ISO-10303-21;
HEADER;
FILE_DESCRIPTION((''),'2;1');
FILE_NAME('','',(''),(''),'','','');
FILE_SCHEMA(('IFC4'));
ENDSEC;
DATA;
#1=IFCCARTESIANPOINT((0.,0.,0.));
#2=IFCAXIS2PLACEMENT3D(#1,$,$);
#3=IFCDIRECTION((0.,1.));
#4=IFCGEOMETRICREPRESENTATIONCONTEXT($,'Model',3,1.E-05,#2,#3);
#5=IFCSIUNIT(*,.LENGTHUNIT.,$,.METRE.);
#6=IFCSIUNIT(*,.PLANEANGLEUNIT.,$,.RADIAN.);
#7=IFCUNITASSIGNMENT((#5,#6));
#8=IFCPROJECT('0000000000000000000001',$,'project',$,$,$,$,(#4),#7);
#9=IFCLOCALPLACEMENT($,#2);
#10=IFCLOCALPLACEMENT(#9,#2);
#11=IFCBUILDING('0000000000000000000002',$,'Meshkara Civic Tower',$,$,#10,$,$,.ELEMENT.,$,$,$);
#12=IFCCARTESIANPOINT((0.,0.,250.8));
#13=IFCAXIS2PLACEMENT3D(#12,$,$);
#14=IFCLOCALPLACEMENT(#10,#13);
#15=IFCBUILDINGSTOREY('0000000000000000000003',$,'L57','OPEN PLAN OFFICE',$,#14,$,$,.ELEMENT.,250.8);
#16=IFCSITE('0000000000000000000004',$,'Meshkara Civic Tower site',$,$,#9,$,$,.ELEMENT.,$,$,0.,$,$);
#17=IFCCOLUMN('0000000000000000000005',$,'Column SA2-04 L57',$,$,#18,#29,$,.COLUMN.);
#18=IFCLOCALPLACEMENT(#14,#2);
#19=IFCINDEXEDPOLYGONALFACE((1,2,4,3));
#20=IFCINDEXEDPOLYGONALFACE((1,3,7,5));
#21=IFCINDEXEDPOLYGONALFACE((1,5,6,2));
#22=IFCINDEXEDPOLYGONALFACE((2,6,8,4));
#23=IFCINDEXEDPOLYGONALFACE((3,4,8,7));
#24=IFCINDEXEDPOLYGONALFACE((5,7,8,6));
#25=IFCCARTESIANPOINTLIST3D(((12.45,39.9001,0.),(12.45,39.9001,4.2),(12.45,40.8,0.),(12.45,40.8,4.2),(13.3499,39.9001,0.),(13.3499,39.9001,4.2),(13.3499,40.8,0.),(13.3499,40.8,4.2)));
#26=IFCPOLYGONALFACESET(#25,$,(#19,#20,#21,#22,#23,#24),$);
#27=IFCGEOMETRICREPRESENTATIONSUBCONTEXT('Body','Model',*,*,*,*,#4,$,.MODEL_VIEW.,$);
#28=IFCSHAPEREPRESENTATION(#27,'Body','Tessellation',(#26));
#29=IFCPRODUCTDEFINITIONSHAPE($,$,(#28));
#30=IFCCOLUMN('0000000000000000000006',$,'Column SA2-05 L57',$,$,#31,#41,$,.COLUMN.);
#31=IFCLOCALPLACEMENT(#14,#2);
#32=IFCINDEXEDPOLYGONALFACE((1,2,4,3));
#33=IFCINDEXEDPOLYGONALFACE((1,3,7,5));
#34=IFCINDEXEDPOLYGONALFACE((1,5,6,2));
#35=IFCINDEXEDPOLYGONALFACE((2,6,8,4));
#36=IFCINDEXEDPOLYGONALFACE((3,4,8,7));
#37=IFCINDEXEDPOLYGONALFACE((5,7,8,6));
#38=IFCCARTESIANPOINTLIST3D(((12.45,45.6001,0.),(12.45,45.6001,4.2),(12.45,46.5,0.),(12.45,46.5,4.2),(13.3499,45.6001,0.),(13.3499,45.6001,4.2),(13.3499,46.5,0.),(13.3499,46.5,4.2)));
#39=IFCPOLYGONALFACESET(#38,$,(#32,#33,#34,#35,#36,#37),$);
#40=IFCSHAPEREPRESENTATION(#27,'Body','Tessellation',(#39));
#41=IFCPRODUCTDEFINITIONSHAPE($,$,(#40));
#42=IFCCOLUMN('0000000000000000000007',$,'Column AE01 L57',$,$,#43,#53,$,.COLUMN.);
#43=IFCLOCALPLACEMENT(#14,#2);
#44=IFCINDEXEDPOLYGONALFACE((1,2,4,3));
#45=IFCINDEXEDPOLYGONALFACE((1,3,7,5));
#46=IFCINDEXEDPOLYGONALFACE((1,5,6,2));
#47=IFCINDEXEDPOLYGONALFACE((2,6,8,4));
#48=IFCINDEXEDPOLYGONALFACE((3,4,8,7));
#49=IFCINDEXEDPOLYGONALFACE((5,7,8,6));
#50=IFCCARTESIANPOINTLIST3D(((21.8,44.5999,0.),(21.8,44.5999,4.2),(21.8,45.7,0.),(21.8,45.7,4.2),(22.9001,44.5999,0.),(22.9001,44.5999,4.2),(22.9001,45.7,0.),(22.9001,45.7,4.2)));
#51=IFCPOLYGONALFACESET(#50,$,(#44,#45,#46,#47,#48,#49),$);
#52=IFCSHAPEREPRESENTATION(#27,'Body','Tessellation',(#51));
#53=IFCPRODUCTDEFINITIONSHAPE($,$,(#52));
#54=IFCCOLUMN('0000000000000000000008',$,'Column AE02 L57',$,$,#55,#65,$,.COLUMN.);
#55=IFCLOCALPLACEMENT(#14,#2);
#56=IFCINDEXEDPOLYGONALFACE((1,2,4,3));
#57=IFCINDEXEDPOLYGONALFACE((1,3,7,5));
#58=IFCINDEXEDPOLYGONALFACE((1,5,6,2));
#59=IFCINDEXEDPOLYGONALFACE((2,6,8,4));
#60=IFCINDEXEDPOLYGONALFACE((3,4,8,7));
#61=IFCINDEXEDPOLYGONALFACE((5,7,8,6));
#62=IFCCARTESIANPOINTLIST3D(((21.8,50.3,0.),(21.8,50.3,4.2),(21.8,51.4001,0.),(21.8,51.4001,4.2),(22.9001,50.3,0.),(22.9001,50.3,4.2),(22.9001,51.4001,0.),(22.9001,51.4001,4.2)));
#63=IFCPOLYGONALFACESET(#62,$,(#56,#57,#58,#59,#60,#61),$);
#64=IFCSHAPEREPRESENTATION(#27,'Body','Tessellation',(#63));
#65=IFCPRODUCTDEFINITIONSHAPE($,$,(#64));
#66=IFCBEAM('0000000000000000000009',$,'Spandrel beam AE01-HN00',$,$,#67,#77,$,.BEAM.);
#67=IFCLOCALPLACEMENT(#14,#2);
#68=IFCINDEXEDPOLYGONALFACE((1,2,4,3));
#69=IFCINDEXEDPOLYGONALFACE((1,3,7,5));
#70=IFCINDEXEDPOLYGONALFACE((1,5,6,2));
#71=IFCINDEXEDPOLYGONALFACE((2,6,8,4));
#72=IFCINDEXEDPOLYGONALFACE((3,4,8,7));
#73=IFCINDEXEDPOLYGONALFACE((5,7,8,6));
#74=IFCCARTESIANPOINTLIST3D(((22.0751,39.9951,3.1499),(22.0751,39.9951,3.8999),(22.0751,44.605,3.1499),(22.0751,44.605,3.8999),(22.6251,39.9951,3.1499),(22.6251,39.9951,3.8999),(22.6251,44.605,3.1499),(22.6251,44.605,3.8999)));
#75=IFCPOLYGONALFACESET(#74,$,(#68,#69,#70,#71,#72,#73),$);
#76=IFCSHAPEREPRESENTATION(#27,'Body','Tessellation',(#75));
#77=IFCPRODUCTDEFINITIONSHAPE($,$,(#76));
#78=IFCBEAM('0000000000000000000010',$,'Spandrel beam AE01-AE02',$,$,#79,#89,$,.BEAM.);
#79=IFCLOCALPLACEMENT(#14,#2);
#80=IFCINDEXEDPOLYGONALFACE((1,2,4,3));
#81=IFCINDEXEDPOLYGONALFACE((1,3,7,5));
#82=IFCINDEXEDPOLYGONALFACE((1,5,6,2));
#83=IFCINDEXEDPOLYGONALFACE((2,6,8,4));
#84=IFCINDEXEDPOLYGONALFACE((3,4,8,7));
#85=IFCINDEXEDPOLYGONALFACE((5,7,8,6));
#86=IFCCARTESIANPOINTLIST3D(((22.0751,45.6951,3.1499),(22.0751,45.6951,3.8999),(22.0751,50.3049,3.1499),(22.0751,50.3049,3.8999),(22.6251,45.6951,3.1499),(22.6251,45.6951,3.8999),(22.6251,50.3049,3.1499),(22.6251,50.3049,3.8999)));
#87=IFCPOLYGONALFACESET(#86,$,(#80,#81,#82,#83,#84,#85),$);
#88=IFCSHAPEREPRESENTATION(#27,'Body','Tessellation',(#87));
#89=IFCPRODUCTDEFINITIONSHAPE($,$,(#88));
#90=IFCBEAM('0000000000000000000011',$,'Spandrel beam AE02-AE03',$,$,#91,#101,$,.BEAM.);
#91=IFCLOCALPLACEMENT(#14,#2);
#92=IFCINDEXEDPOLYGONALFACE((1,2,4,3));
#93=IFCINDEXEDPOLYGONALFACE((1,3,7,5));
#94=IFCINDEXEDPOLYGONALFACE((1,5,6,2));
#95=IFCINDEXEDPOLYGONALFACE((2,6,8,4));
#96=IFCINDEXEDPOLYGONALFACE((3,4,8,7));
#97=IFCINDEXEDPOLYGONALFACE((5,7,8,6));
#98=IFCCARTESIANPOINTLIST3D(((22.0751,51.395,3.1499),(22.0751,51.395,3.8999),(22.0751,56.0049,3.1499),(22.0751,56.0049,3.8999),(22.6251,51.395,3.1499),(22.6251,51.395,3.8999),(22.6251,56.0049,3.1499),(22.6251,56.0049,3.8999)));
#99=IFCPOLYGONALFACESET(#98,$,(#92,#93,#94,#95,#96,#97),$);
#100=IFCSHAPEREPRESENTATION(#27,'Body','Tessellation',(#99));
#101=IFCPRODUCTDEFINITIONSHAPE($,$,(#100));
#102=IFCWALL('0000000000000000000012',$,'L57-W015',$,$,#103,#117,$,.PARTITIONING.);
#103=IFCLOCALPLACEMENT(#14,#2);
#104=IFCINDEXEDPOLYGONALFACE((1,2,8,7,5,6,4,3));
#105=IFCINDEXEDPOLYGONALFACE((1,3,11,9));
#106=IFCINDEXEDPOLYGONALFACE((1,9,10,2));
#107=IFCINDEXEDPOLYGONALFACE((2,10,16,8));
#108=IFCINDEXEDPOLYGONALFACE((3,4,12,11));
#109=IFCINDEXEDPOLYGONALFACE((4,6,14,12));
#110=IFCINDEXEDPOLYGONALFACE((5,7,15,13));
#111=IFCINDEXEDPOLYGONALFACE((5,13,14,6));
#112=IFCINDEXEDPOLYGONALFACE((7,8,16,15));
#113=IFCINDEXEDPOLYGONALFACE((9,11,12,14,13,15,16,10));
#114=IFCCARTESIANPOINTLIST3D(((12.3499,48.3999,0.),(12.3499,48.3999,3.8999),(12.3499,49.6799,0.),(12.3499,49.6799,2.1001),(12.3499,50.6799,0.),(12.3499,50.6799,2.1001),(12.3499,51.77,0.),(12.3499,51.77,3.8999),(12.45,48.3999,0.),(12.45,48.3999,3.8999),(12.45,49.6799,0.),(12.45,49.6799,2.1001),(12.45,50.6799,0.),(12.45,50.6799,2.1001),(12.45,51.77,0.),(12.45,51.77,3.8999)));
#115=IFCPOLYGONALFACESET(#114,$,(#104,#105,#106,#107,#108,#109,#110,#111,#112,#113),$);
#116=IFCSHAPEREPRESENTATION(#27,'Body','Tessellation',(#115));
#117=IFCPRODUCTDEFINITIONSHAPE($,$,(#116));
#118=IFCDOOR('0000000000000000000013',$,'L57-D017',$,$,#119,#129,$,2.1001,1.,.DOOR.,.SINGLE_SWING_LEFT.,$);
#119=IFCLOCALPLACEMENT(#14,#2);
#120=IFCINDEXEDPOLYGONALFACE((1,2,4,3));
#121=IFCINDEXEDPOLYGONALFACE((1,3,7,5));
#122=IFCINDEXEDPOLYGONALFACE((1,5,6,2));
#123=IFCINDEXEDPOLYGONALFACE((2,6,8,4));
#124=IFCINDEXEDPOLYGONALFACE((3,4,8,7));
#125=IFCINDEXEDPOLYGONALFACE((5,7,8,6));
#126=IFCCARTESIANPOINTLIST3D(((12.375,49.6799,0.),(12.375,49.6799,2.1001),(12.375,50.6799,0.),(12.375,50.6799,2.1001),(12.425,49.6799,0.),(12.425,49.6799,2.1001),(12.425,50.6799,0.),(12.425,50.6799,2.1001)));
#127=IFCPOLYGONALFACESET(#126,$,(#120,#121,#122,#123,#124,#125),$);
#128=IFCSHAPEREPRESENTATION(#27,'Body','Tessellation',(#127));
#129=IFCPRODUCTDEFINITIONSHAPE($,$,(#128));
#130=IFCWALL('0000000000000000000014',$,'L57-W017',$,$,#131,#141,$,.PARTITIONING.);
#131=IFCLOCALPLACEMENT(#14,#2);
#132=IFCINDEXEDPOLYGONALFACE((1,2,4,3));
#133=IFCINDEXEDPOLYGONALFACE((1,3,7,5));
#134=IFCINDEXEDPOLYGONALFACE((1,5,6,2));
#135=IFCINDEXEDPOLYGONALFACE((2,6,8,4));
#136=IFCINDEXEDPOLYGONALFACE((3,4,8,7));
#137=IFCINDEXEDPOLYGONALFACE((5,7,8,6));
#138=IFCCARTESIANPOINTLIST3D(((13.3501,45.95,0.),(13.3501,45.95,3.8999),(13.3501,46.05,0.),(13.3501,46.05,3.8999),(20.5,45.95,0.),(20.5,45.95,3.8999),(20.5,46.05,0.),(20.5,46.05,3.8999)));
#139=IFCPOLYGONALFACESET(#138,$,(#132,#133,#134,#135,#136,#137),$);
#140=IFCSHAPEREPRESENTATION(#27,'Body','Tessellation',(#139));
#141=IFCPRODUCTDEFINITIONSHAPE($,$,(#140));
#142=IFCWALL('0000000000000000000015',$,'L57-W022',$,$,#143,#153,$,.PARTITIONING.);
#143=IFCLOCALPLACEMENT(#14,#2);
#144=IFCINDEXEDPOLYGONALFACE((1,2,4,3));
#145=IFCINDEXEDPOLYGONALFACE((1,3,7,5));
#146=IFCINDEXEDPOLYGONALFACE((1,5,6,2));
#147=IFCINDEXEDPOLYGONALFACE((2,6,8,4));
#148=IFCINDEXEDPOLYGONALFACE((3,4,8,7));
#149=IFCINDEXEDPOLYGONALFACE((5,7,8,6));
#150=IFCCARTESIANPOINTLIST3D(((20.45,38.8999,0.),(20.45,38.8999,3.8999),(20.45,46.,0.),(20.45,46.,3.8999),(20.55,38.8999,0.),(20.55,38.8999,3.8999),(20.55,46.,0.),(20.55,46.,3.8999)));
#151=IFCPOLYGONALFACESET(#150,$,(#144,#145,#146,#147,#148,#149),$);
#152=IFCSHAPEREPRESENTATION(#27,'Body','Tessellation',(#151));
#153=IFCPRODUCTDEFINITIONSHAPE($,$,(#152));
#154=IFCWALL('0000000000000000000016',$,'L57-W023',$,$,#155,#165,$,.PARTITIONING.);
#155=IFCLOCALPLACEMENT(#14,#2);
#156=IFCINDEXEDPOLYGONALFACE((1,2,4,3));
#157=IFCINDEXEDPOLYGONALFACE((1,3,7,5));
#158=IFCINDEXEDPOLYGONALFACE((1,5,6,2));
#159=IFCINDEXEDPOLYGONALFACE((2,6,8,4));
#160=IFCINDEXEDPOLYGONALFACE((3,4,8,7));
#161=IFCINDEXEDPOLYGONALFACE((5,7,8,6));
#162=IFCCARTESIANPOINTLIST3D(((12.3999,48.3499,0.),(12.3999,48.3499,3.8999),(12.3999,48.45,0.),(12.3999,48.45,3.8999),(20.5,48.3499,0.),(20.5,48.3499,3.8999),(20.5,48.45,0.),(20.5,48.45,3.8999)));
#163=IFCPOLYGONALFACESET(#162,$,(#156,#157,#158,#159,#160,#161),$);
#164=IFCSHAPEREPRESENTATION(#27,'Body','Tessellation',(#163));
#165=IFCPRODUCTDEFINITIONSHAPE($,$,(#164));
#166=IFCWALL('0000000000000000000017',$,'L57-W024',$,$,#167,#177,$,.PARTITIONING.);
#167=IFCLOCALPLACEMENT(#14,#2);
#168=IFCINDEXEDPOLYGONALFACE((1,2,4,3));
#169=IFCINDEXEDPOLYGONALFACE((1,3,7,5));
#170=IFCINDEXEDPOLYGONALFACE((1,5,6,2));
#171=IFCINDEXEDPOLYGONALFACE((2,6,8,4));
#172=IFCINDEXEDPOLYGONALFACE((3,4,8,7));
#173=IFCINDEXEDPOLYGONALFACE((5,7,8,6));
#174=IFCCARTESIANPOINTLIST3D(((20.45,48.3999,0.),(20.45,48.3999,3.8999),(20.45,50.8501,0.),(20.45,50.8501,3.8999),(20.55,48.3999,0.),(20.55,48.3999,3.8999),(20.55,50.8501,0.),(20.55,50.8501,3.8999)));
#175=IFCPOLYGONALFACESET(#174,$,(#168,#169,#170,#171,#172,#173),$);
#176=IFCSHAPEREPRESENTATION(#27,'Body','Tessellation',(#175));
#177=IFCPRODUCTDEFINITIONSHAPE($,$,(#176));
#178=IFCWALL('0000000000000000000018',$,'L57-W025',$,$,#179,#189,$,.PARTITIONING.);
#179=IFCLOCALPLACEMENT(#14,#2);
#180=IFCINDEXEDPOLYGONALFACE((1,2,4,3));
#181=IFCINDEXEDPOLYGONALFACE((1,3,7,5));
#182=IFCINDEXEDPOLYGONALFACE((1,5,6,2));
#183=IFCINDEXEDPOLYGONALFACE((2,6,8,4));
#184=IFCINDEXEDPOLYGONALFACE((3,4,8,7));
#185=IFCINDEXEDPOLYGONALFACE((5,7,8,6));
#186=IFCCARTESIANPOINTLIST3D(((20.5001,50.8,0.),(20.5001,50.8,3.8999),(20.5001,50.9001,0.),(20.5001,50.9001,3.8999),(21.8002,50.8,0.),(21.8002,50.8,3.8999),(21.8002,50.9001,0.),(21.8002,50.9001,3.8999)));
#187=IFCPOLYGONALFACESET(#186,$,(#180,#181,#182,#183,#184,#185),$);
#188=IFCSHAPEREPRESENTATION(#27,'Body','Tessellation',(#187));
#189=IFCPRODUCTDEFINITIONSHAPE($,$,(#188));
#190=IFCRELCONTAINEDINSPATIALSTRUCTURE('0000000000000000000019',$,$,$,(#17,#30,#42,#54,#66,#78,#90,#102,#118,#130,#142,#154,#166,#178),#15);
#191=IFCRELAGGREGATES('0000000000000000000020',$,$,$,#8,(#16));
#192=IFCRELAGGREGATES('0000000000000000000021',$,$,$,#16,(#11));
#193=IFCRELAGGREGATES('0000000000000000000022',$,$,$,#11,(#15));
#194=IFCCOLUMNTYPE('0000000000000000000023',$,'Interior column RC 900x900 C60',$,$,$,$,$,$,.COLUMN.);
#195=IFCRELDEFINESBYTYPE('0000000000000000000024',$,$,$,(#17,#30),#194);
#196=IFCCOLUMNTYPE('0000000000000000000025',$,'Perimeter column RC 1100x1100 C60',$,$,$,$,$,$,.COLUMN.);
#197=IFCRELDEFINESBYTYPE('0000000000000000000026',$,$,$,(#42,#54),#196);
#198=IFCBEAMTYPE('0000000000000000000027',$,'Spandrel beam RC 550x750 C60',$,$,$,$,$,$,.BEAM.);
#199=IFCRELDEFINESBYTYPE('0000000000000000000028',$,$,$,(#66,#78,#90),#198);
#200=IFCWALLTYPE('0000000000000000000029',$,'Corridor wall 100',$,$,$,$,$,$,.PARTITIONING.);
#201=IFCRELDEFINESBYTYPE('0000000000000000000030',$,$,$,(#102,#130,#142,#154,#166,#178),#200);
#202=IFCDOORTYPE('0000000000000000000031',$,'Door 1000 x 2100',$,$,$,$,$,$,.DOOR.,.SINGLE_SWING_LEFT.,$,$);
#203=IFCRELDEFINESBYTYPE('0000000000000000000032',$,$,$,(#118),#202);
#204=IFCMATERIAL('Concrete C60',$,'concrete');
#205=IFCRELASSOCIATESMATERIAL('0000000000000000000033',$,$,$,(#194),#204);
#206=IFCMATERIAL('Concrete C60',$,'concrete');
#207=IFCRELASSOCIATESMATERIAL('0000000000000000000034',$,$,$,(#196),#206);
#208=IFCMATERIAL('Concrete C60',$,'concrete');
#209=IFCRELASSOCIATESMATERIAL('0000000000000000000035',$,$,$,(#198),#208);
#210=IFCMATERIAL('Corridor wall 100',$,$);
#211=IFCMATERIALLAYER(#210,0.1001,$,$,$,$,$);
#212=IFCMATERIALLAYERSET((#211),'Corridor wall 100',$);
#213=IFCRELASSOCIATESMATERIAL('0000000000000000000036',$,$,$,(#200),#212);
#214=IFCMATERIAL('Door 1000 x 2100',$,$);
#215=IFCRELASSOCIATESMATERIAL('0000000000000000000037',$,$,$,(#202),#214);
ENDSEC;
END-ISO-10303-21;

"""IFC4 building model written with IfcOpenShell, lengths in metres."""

from ifc_helpers import new_model, si_unit, direction, frame, frame_2d, origin, origin_2d, place, context, subcontext, project, spatial, rectangle, extrude, material, layer, layer_set, material_profile, profile_set, type_object, element, fill, save


model = new_model("IFC4")

# Units and contexts
model_context = context("Model", 3, precision=1e-05, world=origin(), true_north=direction((0.0, 1.0)))
body_context = subcontext(model_context, "Body", "Model", "MODEL_VIEW")
ifc_project = project(units=[si_unit("LENGTHUNIT", "METRE"), si_unit("PLANEANGLEUNIT", "RADIAN")], contexts=[model_context])

# Site, building, storey
site_placement = place(None, origin())
site = spatial("IfcSite", under=ifc_project, at=site_placement, Name="Meshkara Civic Tower site", CompositionType="ELEMENT", RefElevation=0.0)
building_placement = place(site_placement, origin())
building = spatial("IfcBuilding", under=site, at=building_placement, Name="Meshkara Civic Tower", CompositionType="ELEMENT")
storey_placement = place(building_placement, frame((0.0, 0.0, 250.8)))
storey = spatial("IfcBuildingStorey", under=building, at=storey_placement, Name="L57", Description="OPEN PLAN OFFICE", CompositionType="ELEMENT", Elevation=250.8)

# Columns
ifc_material_1 = material(Name="Concrete C60", Category="concrete")
ifc_material_profile_1 = material_profile(ifc_material_1, rectangle(XDim=0.8999, YDim=0.8999, at=origin_2d()))
ifc_profile_set_1 = profile_set([ifc_material_profile_1], Name="Concrete C60")
column_type_1 = type_object("IfcColumnType", Name="Interior column RC 900x900 C60", PredefinedType="COLUMN", material=ifc_profile_set_1)
for number, where, z_axis, x_axis, name in (
    (1, (12.8999, 40.3501, 0.0), (0.0, 0.0, 1.0), (1.0, 0.0, 0.0), "Column SA2-04 L57"),
    (2, (12.8999, 46.05, 0.0), (0.0, 0.0, 1.0), (1.0, 0.0, 0.0), "Column SA2-05 L57"),
):
    element("IfcColumn", number, at=place(storey_placement, frame(where, z_axis=z_axis, x_axis=x_axis)), inside=storey, type_object=column_type_1, Name=name, PredefinedType="COLUMN", context=body_context, shape_type="SweptSolid", body=[
        extrude(rectangle(XDim=0.8999, YDim=0.8999, at=origin_2d()), origin(), (0.0, 0.0, 1.0), 4.2),
    ])
ifc_material_2 = material(Name="Concrete C60", Category="concrete")
ifc_material_profile_2 = material_profile(ifc_material_2, rectangle(XDim=1.1001, YDim=1.1001, at=origin_2d()))
ifc_profile_set_2 = profile_set([ifc_material_profile_2], Name="Concrete C60")
column_type_2 = type_object("IfcColumnType", Name="Perimeter column RC 1100x1100 C60", PredefinedType="COLUMN", material=ifc_profile_set_2)
for number, where, z_axis, x_axis, name in (
    (3, (22.3501, 45.1499, 0.0), (0.0, 0.0, 1.0), (1.0, 0.0, 0.0), "Column AE01 L57"),
    (4, (22.3501, 50.8501, 0.0), (0.0, 0.0, 1.0), (1.0, 0.0, 0.0), "Column AE02 L57"),
):
    element("IfcColumn", number, at=place(storey_placement, frame(where, z_axis=z_axis, x_axis=x_axis)), inside=storey, type_object=column_type_2, Name=name, PredefinedType="COLUMN", context=body_context, shape_type="SweptSolid", body=[
        extrude(rectangle(XDim=1.1001, YDim=1.1001, at=origin_2d()), origin(), (0.0, 0.0, 1.0), 4.2),
    ])

# Beams
ifc_material_3 = material(Name="Concrete C60", Category="concrete")
ifc_material_profile_3 = material_profile(ifc_material_3, rectangle(XDim=0.55, YDim=0.75, at=origin_2d()))
ifc_profile_set_3 = profile_set([ifc_material_profile_3], Name="Concrete C60")
beam_type = type_object("IfcBeamType", Name="Spandrel beam RC 550x750 C60", PredefinedType="BEAM", material=ifc_profile_set_3)
for number, where, z_axis, x_axis, name in (
    (5, (22.3501, 39.9951, 3.5249), (0.0, 1.0, 0.0), (-1.0, 0.0, 0.0), "Spandrel beam AE01-HN00"),
    (6, (22.3501, 45.6951, 3.5249), (0.0, 1.0, 0.0), (-1.0, 0.0, 0.0), "Spandrel beam AE01-AE02"),
    (7, (22.3501, 51.395, 3.5249), (0.0, 1.0, 0.0), (-1.0, 0.0, 0.0), "Spandrel beam AE02-AE03"),
):
    element("IfcBeam", number, at=place(storey_placement, frame(where, z_axis=z_axis, x_axis=x_axis)), inside=storey, type_object=beam_type, Name=name, PredefinedType="BEAM", context=body_context, shape_type="SweptSolid", body=[
        extrude(rectangle(XDim=0.55, YDim=0.75, at=origin_2d()), origin(), (0.0, 0.0, 1.0), 4.6099),
    ])

# Wall, opening, door
ifc_material_4 = material(Name="Corridor wall 100")
ifc_layer_1 = layer(ifc_material_4, 0.1001)
ifc_layer_set_1 = layer_set([ifc_layer_1], Name="Corridor wall 100")
wall_type_1 = type_object("IfcWallType", Name="Corridor wall 100", PredefinedType="PARTITIONING", material=ifc_layer_set_1)
wall_1_placement = place(storey_placement, frame((12.3999, 48.3999, 0.0), z_axis=(0.0, 0.0, 1.0), x_axis=(0.0, 1.0, 0.0)))
wall_1 = element("IfcWall", 8, at=wall_1_placement, inside=storey, type_object=wall_type_1, Name="L57-W015", PredefinedType="PARTITIONING", context=body_context, shape_type="SweptSolid", body=[
    extrude(rectangle(XDim=3.3701, YDim=0.1001, at=frame_2d((1.6851, 0.0))), origin(), (0.0, 0.0, 1.0), 3.8999),
])
opening_1_placement = place(wall_1_placement, frame((1.28, 0.0, 0.0)))
opening_1 = element("IfcOpeningElement", 9, at=opening_1_placement, cuts=wall_1, PredefinedType="OPENING", context=body_context, shape_type="SweptSolid", body=[
    extrude(rectangle(XDim=1.0, YDim=2.1001, at=frame_2d((0.5, 1.05))), frame((0.0, 0.0601, 0.0), z_axis=(0.0, -1.0, 0.0), x_axis=(1.0, 0.0, 0.0)), (0.0, 0.0, 1.0), 0.1201),
])
ifc_material_5 = material(Name="Door 1000 x 2100")
door_type = type_object("IfcDoorType", Name="Door 1000 x 2100", OperationType="SINGLE_SWING_LEFT", PredefinedType="DOOR", material=ifc_material_5)
door_placement = place(opening_1_placement, origin())
door = element("IfcDoor", 10, at=door_placement, inside=storey, type_object=door_type, Name="L57-D017", OperationType="SINGLE_SWING_LEFT", OverallHeight=2.1001, OverallWidth=1.0, PredefinedType="DOOR", context=body_context, shape_type="SweptSolid", body=[
    extrude(rectangle(XDim=1.0, YDim=2.1001, at=frame_2d((0.5, 1.05))), frame((0.0, 0.0249, 0.0), z_axis=(0.0, -1.0, 0.0), x_axis=(1.0, 0.0, 0.0)), (0.0, 0.0, 1.0), 0.05),
])
fill(opening_1, door)

# Walls
wall_2_placement = place(storey_placement, frame((13.3501, 46.0, 0.0), z_axis=(0.0, 0.0, 1.0), x_axis=(1.0, 0.0, 0.0)))
element("IfcWall", 11, at=wall_2_placement, inside=storey, type_object=wall_type_1, Name="L57-W017", PredefinedType="PARTITIONING", context=body_context, shape_type="SweptSolid", body=[
    extrude(rectangle(XDim=7.1499, YDim=0.1001, at=frame_2d((3.575, 0.0))), origin(), (0.0, 0.0, 1.0), 3.8999),
])
wall_3_placement = place(storey_placement, frame((20.5, 46.0, 0.0), z_axis=(0.0, 0.0, 1.0), x_axis=(0.0, -1.0, 0.0)))
element("IfcWall", 12, at=wall_3_placement, inside=storey, type_object=wall_type_1, Name="L57-W022", PredefinedType="PARTITIONING", context=body_context, shape_type="SweptSolid", body=[
    extrude(rectangle(XDim=7.1001, YDim=0.1001, at=frame_2d((3.55, 0.0))), origin(), (0.0, 0.0, 1.0), 3.8999),
])
wall_4_placement = place(storey_placement, frame((20.5, 48.3999, 0.0), z_axis=(0.0, 0.0, 1.0), x_axis=(-1.0, 0.0, 0.0)))
element("IfcWall", 13, at=wall_4_placement, inside=storey, type_object=wall_type_1, Name="L57-W023", PredefinedType="PARTITIONING", context=body_context, shape_type="SweptSolid", body=[
    extrude(rectangle(XDim=8.1001, YDim=0.1001, at=frame_2d((4.05, 0.0))), origin(), (0.0, 0.0, 1.0), 3.8999),
])
wall_5_placement = place(storey_placement, frame((20.5, 50.8501, 0.0), z_axis=(0.0, 0.0, 1.0), x_axis=(0.0, -1.0, 0.0)))
element("IfcWall", 14, at=wall_5_placement, inside=storey, type_object=wall_type_1, Name="L57-W024", PredefinedType="PARTITIONING", context=body_context, shape_type="SweptSolid", body=[
    extrude(rectangle(XDim=2.4502, YDim=0.1001, at=frame_2d((1.2251, 0.0))), origin(), (0.0, 0.0, 1.0), 3.8999),
])
wall_6_placement = place(storey_placement, frame((21.8, 50.8501, 0.0), z_axis=(0.0, 0.0, 1.0), x_axis=(-1.0, 0.0, 0.0)))
element("IfcWall", 15, at=wall_6_placement, inside=storey, type_object=wall_type_1, Name="L57-W025", PredefinedType="PARTITIONING", context=body_context, shape_type="SweptSolid", body=[
    extrude(rectangle(XDim=1.3, YDim=0.1001, at=frame_2d((0.6499, 0.0))), origin(), (0.0, 0.0, 1.0), 3.8999),
])

save(model, "model.ifc")
